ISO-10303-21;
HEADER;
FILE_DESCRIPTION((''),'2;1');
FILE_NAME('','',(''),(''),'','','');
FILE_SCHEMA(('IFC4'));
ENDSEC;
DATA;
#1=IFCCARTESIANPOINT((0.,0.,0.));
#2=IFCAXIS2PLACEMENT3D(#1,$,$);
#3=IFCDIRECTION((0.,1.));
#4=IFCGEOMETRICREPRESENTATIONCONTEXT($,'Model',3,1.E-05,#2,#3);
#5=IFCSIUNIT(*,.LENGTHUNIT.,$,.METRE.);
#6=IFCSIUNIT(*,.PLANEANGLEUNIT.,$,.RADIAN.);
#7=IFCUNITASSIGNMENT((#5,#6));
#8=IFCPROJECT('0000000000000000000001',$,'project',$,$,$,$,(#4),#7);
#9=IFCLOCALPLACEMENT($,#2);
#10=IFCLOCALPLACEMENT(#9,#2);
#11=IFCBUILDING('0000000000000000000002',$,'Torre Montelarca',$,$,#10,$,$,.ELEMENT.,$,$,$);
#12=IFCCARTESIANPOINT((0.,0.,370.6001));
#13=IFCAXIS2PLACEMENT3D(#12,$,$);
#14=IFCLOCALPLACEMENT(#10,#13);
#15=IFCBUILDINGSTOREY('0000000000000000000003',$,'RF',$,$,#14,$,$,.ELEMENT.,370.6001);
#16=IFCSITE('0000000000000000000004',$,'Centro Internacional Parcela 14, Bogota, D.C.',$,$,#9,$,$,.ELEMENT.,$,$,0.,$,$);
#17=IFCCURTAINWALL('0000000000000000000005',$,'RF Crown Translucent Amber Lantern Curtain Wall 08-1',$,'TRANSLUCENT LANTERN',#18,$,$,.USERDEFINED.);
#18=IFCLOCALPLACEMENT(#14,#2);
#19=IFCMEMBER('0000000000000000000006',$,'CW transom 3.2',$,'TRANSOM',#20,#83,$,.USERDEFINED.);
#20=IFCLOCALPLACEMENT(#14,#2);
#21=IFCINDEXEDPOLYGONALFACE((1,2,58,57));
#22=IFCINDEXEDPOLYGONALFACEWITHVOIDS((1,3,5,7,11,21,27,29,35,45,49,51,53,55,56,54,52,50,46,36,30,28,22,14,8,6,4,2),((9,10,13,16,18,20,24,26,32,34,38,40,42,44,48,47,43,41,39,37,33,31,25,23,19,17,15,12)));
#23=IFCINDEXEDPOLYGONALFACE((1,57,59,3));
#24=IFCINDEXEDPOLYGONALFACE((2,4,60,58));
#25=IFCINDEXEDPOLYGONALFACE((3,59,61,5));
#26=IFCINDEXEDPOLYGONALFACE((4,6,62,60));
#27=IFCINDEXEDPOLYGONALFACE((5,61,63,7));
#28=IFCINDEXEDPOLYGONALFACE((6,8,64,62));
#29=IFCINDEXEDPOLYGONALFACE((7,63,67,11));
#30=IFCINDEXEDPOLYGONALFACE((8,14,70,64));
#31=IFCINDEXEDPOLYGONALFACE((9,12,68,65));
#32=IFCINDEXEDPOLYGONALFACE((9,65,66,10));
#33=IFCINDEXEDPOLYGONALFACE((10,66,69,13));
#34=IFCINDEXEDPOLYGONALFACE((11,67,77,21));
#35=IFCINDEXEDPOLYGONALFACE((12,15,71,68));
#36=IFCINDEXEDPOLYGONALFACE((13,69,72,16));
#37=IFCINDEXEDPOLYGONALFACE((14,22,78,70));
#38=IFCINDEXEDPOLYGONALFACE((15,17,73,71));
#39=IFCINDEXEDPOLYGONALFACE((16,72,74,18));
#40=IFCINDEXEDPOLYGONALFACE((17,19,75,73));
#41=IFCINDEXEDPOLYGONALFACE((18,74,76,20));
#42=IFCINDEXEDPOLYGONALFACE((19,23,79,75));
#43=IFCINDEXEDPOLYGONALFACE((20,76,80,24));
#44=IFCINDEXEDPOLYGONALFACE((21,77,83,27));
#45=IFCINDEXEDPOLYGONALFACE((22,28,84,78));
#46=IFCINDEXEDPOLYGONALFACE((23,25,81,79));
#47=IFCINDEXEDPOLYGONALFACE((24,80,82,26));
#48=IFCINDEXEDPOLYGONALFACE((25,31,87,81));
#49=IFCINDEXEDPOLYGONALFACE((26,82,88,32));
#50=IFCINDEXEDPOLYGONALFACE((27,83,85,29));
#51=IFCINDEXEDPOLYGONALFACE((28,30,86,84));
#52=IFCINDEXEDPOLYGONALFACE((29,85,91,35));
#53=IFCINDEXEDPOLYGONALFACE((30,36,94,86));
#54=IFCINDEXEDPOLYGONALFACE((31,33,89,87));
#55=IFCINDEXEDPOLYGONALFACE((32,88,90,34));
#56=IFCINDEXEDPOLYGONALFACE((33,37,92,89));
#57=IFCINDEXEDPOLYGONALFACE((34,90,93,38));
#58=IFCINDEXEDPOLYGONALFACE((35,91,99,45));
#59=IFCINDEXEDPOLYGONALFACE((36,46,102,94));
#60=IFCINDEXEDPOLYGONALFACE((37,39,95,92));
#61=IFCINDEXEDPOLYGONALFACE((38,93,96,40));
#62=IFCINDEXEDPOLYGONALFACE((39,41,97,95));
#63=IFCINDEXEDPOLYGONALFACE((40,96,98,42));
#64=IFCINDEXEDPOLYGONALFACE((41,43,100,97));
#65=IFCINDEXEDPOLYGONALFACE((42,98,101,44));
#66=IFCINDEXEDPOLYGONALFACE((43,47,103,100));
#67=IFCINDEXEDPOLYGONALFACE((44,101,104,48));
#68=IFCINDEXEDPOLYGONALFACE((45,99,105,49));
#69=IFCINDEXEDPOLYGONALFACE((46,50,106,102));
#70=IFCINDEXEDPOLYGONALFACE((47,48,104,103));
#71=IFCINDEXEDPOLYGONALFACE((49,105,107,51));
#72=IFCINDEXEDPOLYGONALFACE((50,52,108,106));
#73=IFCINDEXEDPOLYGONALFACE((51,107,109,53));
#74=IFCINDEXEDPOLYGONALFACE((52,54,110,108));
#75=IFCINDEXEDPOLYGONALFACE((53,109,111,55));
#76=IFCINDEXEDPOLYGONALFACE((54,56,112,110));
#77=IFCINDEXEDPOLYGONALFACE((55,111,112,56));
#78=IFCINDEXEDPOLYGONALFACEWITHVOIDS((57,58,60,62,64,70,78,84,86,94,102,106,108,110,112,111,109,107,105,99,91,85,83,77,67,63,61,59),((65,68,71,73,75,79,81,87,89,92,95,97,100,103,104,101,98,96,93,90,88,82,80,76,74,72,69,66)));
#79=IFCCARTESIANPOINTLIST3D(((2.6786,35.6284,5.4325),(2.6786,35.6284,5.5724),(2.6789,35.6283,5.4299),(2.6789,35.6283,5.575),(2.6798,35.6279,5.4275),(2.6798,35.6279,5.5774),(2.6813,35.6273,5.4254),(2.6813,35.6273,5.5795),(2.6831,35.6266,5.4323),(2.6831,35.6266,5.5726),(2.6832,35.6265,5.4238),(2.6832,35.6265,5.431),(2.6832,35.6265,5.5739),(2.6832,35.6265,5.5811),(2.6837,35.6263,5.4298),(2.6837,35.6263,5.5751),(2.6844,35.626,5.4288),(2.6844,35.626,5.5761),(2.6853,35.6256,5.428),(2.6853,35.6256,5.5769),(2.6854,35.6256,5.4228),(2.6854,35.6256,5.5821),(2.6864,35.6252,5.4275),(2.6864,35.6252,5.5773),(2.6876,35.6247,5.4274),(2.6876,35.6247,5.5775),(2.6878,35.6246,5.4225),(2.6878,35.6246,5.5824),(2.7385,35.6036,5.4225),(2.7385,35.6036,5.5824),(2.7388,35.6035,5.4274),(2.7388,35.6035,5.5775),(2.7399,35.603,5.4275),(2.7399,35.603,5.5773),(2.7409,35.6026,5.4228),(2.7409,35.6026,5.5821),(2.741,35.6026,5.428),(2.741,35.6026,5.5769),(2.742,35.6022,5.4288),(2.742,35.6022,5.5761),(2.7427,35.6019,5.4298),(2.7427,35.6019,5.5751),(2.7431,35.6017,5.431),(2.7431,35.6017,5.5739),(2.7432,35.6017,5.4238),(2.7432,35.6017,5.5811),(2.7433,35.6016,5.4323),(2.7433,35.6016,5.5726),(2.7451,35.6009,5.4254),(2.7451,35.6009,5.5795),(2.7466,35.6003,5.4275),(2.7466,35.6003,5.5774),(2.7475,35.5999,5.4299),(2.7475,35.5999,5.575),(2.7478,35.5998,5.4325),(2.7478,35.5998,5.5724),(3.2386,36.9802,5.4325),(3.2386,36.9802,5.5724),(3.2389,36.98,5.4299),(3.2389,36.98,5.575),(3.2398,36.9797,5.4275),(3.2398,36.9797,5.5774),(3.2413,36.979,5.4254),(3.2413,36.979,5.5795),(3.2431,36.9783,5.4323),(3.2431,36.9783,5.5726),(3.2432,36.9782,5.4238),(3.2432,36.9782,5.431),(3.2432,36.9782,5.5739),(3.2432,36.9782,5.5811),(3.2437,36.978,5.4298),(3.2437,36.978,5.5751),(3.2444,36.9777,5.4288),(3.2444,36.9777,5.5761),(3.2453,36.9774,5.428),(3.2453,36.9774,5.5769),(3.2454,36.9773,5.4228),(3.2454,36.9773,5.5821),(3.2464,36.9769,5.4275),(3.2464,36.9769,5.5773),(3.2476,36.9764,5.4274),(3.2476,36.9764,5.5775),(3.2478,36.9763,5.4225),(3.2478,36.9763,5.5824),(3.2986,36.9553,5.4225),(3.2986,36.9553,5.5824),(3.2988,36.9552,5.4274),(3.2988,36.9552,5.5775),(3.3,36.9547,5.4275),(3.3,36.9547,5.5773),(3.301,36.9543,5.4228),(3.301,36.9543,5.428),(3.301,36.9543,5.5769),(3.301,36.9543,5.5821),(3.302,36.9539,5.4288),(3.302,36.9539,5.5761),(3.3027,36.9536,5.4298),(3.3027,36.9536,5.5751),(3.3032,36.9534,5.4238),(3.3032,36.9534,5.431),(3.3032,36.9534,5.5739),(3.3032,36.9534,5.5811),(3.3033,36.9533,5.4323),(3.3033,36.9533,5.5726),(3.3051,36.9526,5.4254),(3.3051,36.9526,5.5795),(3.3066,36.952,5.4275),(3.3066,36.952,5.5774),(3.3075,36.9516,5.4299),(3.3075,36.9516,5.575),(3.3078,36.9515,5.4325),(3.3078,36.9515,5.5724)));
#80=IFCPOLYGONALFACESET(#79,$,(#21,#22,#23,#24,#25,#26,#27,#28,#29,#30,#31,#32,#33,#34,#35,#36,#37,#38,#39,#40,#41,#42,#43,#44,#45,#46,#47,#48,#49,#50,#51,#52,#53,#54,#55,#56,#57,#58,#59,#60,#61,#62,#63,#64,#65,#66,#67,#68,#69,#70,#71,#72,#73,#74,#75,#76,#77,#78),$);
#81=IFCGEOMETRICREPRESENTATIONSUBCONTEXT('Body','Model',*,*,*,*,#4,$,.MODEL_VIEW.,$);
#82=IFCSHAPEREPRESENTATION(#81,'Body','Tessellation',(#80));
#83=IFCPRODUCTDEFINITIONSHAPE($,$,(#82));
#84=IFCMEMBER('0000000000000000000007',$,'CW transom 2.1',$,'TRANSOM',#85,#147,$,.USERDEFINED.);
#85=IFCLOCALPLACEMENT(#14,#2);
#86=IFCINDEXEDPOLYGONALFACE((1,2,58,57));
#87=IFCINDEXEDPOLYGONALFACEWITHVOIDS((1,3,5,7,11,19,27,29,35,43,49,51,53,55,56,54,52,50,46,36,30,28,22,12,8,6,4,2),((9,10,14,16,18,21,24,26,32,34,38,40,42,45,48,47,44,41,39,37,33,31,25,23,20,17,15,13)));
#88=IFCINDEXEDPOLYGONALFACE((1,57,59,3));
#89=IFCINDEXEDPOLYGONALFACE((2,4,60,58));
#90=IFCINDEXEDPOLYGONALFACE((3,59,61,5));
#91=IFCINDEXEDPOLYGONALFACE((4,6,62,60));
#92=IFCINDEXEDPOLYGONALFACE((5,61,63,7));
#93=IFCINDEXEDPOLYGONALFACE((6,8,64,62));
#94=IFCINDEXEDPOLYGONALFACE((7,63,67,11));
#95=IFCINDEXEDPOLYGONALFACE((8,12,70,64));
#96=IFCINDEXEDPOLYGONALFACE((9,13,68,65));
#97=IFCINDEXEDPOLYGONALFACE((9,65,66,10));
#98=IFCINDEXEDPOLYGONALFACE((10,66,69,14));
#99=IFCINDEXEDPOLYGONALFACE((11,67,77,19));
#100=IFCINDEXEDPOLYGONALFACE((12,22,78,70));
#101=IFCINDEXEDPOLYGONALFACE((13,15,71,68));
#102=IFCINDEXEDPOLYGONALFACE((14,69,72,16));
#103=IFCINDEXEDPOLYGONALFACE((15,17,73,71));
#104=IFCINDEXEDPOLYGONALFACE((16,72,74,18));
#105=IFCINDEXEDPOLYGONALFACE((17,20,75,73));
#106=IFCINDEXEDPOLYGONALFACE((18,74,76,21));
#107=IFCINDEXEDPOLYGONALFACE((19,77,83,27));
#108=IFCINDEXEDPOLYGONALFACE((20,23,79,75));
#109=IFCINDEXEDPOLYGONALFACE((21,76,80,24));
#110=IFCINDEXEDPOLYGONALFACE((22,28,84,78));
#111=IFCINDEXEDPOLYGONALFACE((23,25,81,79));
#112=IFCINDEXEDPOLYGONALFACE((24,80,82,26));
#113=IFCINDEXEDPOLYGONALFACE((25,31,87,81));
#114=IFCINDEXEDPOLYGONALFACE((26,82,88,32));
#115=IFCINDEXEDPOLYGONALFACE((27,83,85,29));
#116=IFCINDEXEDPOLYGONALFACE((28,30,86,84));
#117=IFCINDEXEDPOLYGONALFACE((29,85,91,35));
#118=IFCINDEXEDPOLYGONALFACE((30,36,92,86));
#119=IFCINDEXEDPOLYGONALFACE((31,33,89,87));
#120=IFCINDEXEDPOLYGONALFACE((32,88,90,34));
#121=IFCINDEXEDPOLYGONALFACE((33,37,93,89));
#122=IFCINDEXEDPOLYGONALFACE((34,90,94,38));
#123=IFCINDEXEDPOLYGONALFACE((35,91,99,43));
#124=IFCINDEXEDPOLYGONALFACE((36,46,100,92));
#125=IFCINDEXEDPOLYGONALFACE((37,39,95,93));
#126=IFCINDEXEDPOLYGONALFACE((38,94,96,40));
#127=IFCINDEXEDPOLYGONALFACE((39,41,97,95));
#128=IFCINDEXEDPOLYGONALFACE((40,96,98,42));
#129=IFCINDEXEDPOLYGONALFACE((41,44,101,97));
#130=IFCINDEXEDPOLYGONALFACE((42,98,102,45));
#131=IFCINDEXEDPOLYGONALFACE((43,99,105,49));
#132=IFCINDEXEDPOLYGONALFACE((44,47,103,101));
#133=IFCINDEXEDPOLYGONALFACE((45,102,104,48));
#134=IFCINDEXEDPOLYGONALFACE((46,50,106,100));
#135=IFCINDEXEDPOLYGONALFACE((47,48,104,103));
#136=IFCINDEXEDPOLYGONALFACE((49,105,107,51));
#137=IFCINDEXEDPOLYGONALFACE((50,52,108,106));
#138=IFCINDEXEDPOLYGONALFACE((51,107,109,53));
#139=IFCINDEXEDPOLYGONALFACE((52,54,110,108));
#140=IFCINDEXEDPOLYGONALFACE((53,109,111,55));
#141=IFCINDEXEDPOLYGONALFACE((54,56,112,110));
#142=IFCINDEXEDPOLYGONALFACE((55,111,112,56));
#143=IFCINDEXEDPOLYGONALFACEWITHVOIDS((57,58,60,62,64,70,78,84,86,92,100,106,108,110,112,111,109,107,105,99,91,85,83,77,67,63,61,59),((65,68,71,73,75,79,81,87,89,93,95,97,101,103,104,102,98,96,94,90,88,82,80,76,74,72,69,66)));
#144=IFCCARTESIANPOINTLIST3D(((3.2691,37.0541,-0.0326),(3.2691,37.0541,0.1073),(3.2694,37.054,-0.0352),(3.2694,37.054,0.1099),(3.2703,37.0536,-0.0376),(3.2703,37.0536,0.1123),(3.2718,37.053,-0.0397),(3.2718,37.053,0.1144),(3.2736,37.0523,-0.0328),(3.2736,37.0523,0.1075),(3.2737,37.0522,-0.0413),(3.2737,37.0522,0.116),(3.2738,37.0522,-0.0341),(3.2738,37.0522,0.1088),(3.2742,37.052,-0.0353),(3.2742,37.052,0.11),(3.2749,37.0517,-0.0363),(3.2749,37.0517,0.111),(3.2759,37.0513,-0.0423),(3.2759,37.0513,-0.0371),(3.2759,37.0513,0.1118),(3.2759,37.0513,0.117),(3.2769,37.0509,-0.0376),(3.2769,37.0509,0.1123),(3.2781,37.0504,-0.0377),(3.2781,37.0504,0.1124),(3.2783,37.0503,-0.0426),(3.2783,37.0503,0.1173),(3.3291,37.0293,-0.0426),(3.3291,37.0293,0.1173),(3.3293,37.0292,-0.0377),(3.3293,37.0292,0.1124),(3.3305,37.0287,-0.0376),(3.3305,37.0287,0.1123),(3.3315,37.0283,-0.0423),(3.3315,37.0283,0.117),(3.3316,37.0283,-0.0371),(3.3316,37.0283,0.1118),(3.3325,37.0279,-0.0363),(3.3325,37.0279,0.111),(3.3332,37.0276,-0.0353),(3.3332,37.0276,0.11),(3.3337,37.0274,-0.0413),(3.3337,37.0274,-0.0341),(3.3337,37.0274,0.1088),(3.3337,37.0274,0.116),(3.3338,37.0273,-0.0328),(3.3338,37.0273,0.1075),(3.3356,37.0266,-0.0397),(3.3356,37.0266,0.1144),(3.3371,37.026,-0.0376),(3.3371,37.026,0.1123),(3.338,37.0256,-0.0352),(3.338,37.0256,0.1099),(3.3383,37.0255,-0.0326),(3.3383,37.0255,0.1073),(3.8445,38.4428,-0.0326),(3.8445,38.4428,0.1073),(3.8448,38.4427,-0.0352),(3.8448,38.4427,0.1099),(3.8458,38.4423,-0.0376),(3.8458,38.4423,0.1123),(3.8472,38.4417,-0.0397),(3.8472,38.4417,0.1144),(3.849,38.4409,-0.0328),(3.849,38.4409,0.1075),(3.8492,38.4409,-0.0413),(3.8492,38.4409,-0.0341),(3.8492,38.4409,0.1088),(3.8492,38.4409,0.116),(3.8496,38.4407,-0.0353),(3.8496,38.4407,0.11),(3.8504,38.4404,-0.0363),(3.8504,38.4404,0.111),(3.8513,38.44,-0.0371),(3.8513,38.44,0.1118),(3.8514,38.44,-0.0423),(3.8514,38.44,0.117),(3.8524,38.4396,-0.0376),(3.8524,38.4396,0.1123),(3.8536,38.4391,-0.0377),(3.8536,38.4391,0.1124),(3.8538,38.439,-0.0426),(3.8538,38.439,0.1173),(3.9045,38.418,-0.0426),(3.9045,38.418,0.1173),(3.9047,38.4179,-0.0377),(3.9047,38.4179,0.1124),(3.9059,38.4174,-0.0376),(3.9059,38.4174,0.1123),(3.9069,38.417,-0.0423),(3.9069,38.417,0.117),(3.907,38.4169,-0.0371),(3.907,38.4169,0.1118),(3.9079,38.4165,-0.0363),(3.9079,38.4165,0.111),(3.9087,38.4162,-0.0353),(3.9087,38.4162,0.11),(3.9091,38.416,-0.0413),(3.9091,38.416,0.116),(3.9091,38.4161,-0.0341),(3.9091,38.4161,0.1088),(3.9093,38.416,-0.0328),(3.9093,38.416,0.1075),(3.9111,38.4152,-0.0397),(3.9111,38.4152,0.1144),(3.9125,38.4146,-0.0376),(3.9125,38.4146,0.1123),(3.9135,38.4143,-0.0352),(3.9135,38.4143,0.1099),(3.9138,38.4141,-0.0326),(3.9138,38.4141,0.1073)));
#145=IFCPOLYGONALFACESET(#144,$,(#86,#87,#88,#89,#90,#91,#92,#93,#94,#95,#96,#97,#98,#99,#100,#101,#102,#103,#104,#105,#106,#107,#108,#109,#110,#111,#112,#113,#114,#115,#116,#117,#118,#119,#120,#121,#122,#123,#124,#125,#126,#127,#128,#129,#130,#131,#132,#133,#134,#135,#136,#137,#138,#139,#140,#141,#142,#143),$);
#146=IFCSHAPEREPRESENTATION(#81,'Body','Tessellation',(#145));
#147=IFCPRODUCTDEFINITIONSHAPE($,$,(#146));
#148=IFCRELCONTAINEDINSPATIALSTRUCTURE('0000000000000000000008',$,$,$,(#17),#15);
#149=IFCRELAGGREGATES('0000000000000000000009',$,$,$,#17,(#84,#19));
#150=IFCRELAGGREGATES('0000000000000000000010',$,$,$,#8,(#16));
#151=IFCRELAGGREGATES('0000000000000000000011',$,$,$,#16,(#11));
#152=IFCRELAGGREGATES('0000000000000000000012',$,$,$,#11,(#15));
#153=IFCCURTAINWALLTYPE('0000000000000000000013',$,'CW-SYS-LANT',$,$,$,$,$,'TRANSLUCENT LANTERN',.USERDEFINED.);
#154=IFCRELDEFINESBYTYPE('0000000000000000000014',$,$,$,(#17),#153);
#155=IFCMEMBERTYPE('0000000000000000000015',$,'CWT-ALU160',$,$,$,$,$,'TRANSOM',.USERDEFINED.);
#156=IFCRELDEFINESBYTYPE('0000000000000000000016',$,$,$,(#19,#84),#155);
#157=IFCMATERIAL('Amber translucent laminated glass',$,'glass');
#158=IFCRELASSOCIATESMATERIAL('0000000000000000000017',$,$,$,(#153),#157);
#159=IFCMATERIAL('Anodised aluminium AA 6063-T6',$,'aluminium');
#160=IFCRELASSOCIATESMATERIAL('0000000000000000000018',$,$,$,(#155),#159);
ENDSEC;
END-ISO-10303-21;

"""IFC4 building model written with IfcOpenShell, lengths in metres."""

from ifc_helpers import new_model, si_unit, direction, frame, origin, origin_2d, place, context, subcontext, project, spatial, hollow_rectangle, extrude, source, transform, mapped, material, material_profile, profile_set, type_object, element, aggregate, save


model = new_model("IFC4")

# Units and contexts
model_context = context("Model", 3, precision=1e-05, world=origin(), true_north=direction((0.0, 1.0)))
body_context = subcontext(model_context, "Body", "Model", "MODEL_VIEW")
ifc_project = project(units=[si_unit("LENGTHUNIT", "METRE"), si_unit("PLANEANGLEUNIT", "RADIAN")], contexts=[model_context])

# Site, building, storey
site_placement = place(None, origin())
site = spatial("IfcSite", under=ifc_project, at=site_placement, Name="Centro Internacional Parcela 14, Bogota, D.C.", CompositionType="ELEMENT", RefElevation=0.0)
building_placement = place(site_placement, origin())
building = spatial("IfcBuilding", under=site, at=building_placement, Name="Torre Montelarca", CompositionType="ELEMENT")
storey_placement = place(building_placement, frame((0.0, 0.0, 370.6001)))
storey = spatial("IfcBuildingStorey", under=building, at=storey_placement, Name="RF", CompositionType="ELEMENT", Elevation=370.6001)

# Curtain wall
ifc_material_1 = material(Name="Amber translucent laminated glass", Category="glass")
curtain_wall_type = type_object("IfcCurtainWallType", Name="CW-SYS-LANT", ElementType="TRANSLUCENT LANTERN", PredefinedType="USERDEFINED", material=ifc_material_1)
ifc_material_2 = material(Name="Anodised aluminium AA 6063-T6", Category="aluminium")
curtain_wall_1_placement = place(storey_placement, origin())
curtain_wall_1 = element("IfcCurtainWall", 1, at=curtain_wall_1_placement, inside=storey, type_object=curtain_wall_type, Name="RF Crown Translucent Amber Lantern Curtain Wall 08-1", ObjectType="TRANSLUCENT LANTERN", PredefinedType="USERDEFINED")

# Members
ifc_material_profile_1 = material_profile(ifc_material_2, hollow_rectangle(XDim=0.075, YDim=0.1599, WallThickness=0.0049, InnerFilletRadius=0.0049, OuterFilletRadius=0.01, at=origin_2d()), Name="ALU75X160X5", Category="aluminium")
ifc_profile_set_1 = profile_set([ifc_material_profile_1], Name="Anodised aluminium AA 6063-T6")
member_type_1 = type_object("IfcMemberType", Name="CWT-ALU160", ElementType="TRANSOM", PredefinedType="USERDEFINED", material=ifc_profile_set_1)
shared_shape_1 = source(origin(), body_context, "Body", "SweptSolid", [
    extrude(hollow_rectangle(XDim=0.075, YDim=0.1599, WallThickness=0.0049, InnerFilletRadius=0.0049, OuterFilletRadius=0.01, at=origin_2d()), origin(), (0.0, 0.0, 1.0), 1.4631),
])
member_1_placement = place(storey_placement, frame((3.2732, 36.9658, 5.5024), z_axis=(-0.382755, -0.92385, 0.0), x_axis=(0.92385, -0.382755, 0.0)))
member_1 = element("IfcMember", 2, at=member_1_placement, type_object=member_type_1, Name="CW transom 3.2", ObjectType="TRANSOM", PredefinedType="USERDEFINED", context=body_context, shape_type="MappedRepresentation", body=[
    mapped(shared_shape_1, transform((0.0, 0.0, 0.0), scale=1.0)),
])
shared_shape_2 = source(origin(), body_context, "Body", "SweptSolid", [
    extrude(hollow_rectangle(XDim=0.075, YDim=0.1599, WallThickness=0.0049, InnerFilletRadius=0.0049, OuterFilletRadius=0.01, at=origin_2d()), origin(), (0.0, 0.0, 1.0), 1.5032),
])
member_2_placement = place(storey_placement, frame((3.8792, 38.4285, 0.0374), z_axis=(-0.382816, -0.923825, 0.0), x_axis=(0.923825, -0.382816, 0.0)))
member_2 = element("IfcMember", 3, at=member_2_placement, type_object=member_type_1, Name="CW transom 2.1", ObjectType="TRANSOM", PredefinedType="USERDEFINED", context=body_context, shape_type="MappedRepresentation", body=[
    mapped(shared_shape_2, transform((0.0, 0.0, 0.0), scale=1.0)),
])

aggregate(curtain_wall_1, [member_2, member_1])

save(model, "model.ifc")
